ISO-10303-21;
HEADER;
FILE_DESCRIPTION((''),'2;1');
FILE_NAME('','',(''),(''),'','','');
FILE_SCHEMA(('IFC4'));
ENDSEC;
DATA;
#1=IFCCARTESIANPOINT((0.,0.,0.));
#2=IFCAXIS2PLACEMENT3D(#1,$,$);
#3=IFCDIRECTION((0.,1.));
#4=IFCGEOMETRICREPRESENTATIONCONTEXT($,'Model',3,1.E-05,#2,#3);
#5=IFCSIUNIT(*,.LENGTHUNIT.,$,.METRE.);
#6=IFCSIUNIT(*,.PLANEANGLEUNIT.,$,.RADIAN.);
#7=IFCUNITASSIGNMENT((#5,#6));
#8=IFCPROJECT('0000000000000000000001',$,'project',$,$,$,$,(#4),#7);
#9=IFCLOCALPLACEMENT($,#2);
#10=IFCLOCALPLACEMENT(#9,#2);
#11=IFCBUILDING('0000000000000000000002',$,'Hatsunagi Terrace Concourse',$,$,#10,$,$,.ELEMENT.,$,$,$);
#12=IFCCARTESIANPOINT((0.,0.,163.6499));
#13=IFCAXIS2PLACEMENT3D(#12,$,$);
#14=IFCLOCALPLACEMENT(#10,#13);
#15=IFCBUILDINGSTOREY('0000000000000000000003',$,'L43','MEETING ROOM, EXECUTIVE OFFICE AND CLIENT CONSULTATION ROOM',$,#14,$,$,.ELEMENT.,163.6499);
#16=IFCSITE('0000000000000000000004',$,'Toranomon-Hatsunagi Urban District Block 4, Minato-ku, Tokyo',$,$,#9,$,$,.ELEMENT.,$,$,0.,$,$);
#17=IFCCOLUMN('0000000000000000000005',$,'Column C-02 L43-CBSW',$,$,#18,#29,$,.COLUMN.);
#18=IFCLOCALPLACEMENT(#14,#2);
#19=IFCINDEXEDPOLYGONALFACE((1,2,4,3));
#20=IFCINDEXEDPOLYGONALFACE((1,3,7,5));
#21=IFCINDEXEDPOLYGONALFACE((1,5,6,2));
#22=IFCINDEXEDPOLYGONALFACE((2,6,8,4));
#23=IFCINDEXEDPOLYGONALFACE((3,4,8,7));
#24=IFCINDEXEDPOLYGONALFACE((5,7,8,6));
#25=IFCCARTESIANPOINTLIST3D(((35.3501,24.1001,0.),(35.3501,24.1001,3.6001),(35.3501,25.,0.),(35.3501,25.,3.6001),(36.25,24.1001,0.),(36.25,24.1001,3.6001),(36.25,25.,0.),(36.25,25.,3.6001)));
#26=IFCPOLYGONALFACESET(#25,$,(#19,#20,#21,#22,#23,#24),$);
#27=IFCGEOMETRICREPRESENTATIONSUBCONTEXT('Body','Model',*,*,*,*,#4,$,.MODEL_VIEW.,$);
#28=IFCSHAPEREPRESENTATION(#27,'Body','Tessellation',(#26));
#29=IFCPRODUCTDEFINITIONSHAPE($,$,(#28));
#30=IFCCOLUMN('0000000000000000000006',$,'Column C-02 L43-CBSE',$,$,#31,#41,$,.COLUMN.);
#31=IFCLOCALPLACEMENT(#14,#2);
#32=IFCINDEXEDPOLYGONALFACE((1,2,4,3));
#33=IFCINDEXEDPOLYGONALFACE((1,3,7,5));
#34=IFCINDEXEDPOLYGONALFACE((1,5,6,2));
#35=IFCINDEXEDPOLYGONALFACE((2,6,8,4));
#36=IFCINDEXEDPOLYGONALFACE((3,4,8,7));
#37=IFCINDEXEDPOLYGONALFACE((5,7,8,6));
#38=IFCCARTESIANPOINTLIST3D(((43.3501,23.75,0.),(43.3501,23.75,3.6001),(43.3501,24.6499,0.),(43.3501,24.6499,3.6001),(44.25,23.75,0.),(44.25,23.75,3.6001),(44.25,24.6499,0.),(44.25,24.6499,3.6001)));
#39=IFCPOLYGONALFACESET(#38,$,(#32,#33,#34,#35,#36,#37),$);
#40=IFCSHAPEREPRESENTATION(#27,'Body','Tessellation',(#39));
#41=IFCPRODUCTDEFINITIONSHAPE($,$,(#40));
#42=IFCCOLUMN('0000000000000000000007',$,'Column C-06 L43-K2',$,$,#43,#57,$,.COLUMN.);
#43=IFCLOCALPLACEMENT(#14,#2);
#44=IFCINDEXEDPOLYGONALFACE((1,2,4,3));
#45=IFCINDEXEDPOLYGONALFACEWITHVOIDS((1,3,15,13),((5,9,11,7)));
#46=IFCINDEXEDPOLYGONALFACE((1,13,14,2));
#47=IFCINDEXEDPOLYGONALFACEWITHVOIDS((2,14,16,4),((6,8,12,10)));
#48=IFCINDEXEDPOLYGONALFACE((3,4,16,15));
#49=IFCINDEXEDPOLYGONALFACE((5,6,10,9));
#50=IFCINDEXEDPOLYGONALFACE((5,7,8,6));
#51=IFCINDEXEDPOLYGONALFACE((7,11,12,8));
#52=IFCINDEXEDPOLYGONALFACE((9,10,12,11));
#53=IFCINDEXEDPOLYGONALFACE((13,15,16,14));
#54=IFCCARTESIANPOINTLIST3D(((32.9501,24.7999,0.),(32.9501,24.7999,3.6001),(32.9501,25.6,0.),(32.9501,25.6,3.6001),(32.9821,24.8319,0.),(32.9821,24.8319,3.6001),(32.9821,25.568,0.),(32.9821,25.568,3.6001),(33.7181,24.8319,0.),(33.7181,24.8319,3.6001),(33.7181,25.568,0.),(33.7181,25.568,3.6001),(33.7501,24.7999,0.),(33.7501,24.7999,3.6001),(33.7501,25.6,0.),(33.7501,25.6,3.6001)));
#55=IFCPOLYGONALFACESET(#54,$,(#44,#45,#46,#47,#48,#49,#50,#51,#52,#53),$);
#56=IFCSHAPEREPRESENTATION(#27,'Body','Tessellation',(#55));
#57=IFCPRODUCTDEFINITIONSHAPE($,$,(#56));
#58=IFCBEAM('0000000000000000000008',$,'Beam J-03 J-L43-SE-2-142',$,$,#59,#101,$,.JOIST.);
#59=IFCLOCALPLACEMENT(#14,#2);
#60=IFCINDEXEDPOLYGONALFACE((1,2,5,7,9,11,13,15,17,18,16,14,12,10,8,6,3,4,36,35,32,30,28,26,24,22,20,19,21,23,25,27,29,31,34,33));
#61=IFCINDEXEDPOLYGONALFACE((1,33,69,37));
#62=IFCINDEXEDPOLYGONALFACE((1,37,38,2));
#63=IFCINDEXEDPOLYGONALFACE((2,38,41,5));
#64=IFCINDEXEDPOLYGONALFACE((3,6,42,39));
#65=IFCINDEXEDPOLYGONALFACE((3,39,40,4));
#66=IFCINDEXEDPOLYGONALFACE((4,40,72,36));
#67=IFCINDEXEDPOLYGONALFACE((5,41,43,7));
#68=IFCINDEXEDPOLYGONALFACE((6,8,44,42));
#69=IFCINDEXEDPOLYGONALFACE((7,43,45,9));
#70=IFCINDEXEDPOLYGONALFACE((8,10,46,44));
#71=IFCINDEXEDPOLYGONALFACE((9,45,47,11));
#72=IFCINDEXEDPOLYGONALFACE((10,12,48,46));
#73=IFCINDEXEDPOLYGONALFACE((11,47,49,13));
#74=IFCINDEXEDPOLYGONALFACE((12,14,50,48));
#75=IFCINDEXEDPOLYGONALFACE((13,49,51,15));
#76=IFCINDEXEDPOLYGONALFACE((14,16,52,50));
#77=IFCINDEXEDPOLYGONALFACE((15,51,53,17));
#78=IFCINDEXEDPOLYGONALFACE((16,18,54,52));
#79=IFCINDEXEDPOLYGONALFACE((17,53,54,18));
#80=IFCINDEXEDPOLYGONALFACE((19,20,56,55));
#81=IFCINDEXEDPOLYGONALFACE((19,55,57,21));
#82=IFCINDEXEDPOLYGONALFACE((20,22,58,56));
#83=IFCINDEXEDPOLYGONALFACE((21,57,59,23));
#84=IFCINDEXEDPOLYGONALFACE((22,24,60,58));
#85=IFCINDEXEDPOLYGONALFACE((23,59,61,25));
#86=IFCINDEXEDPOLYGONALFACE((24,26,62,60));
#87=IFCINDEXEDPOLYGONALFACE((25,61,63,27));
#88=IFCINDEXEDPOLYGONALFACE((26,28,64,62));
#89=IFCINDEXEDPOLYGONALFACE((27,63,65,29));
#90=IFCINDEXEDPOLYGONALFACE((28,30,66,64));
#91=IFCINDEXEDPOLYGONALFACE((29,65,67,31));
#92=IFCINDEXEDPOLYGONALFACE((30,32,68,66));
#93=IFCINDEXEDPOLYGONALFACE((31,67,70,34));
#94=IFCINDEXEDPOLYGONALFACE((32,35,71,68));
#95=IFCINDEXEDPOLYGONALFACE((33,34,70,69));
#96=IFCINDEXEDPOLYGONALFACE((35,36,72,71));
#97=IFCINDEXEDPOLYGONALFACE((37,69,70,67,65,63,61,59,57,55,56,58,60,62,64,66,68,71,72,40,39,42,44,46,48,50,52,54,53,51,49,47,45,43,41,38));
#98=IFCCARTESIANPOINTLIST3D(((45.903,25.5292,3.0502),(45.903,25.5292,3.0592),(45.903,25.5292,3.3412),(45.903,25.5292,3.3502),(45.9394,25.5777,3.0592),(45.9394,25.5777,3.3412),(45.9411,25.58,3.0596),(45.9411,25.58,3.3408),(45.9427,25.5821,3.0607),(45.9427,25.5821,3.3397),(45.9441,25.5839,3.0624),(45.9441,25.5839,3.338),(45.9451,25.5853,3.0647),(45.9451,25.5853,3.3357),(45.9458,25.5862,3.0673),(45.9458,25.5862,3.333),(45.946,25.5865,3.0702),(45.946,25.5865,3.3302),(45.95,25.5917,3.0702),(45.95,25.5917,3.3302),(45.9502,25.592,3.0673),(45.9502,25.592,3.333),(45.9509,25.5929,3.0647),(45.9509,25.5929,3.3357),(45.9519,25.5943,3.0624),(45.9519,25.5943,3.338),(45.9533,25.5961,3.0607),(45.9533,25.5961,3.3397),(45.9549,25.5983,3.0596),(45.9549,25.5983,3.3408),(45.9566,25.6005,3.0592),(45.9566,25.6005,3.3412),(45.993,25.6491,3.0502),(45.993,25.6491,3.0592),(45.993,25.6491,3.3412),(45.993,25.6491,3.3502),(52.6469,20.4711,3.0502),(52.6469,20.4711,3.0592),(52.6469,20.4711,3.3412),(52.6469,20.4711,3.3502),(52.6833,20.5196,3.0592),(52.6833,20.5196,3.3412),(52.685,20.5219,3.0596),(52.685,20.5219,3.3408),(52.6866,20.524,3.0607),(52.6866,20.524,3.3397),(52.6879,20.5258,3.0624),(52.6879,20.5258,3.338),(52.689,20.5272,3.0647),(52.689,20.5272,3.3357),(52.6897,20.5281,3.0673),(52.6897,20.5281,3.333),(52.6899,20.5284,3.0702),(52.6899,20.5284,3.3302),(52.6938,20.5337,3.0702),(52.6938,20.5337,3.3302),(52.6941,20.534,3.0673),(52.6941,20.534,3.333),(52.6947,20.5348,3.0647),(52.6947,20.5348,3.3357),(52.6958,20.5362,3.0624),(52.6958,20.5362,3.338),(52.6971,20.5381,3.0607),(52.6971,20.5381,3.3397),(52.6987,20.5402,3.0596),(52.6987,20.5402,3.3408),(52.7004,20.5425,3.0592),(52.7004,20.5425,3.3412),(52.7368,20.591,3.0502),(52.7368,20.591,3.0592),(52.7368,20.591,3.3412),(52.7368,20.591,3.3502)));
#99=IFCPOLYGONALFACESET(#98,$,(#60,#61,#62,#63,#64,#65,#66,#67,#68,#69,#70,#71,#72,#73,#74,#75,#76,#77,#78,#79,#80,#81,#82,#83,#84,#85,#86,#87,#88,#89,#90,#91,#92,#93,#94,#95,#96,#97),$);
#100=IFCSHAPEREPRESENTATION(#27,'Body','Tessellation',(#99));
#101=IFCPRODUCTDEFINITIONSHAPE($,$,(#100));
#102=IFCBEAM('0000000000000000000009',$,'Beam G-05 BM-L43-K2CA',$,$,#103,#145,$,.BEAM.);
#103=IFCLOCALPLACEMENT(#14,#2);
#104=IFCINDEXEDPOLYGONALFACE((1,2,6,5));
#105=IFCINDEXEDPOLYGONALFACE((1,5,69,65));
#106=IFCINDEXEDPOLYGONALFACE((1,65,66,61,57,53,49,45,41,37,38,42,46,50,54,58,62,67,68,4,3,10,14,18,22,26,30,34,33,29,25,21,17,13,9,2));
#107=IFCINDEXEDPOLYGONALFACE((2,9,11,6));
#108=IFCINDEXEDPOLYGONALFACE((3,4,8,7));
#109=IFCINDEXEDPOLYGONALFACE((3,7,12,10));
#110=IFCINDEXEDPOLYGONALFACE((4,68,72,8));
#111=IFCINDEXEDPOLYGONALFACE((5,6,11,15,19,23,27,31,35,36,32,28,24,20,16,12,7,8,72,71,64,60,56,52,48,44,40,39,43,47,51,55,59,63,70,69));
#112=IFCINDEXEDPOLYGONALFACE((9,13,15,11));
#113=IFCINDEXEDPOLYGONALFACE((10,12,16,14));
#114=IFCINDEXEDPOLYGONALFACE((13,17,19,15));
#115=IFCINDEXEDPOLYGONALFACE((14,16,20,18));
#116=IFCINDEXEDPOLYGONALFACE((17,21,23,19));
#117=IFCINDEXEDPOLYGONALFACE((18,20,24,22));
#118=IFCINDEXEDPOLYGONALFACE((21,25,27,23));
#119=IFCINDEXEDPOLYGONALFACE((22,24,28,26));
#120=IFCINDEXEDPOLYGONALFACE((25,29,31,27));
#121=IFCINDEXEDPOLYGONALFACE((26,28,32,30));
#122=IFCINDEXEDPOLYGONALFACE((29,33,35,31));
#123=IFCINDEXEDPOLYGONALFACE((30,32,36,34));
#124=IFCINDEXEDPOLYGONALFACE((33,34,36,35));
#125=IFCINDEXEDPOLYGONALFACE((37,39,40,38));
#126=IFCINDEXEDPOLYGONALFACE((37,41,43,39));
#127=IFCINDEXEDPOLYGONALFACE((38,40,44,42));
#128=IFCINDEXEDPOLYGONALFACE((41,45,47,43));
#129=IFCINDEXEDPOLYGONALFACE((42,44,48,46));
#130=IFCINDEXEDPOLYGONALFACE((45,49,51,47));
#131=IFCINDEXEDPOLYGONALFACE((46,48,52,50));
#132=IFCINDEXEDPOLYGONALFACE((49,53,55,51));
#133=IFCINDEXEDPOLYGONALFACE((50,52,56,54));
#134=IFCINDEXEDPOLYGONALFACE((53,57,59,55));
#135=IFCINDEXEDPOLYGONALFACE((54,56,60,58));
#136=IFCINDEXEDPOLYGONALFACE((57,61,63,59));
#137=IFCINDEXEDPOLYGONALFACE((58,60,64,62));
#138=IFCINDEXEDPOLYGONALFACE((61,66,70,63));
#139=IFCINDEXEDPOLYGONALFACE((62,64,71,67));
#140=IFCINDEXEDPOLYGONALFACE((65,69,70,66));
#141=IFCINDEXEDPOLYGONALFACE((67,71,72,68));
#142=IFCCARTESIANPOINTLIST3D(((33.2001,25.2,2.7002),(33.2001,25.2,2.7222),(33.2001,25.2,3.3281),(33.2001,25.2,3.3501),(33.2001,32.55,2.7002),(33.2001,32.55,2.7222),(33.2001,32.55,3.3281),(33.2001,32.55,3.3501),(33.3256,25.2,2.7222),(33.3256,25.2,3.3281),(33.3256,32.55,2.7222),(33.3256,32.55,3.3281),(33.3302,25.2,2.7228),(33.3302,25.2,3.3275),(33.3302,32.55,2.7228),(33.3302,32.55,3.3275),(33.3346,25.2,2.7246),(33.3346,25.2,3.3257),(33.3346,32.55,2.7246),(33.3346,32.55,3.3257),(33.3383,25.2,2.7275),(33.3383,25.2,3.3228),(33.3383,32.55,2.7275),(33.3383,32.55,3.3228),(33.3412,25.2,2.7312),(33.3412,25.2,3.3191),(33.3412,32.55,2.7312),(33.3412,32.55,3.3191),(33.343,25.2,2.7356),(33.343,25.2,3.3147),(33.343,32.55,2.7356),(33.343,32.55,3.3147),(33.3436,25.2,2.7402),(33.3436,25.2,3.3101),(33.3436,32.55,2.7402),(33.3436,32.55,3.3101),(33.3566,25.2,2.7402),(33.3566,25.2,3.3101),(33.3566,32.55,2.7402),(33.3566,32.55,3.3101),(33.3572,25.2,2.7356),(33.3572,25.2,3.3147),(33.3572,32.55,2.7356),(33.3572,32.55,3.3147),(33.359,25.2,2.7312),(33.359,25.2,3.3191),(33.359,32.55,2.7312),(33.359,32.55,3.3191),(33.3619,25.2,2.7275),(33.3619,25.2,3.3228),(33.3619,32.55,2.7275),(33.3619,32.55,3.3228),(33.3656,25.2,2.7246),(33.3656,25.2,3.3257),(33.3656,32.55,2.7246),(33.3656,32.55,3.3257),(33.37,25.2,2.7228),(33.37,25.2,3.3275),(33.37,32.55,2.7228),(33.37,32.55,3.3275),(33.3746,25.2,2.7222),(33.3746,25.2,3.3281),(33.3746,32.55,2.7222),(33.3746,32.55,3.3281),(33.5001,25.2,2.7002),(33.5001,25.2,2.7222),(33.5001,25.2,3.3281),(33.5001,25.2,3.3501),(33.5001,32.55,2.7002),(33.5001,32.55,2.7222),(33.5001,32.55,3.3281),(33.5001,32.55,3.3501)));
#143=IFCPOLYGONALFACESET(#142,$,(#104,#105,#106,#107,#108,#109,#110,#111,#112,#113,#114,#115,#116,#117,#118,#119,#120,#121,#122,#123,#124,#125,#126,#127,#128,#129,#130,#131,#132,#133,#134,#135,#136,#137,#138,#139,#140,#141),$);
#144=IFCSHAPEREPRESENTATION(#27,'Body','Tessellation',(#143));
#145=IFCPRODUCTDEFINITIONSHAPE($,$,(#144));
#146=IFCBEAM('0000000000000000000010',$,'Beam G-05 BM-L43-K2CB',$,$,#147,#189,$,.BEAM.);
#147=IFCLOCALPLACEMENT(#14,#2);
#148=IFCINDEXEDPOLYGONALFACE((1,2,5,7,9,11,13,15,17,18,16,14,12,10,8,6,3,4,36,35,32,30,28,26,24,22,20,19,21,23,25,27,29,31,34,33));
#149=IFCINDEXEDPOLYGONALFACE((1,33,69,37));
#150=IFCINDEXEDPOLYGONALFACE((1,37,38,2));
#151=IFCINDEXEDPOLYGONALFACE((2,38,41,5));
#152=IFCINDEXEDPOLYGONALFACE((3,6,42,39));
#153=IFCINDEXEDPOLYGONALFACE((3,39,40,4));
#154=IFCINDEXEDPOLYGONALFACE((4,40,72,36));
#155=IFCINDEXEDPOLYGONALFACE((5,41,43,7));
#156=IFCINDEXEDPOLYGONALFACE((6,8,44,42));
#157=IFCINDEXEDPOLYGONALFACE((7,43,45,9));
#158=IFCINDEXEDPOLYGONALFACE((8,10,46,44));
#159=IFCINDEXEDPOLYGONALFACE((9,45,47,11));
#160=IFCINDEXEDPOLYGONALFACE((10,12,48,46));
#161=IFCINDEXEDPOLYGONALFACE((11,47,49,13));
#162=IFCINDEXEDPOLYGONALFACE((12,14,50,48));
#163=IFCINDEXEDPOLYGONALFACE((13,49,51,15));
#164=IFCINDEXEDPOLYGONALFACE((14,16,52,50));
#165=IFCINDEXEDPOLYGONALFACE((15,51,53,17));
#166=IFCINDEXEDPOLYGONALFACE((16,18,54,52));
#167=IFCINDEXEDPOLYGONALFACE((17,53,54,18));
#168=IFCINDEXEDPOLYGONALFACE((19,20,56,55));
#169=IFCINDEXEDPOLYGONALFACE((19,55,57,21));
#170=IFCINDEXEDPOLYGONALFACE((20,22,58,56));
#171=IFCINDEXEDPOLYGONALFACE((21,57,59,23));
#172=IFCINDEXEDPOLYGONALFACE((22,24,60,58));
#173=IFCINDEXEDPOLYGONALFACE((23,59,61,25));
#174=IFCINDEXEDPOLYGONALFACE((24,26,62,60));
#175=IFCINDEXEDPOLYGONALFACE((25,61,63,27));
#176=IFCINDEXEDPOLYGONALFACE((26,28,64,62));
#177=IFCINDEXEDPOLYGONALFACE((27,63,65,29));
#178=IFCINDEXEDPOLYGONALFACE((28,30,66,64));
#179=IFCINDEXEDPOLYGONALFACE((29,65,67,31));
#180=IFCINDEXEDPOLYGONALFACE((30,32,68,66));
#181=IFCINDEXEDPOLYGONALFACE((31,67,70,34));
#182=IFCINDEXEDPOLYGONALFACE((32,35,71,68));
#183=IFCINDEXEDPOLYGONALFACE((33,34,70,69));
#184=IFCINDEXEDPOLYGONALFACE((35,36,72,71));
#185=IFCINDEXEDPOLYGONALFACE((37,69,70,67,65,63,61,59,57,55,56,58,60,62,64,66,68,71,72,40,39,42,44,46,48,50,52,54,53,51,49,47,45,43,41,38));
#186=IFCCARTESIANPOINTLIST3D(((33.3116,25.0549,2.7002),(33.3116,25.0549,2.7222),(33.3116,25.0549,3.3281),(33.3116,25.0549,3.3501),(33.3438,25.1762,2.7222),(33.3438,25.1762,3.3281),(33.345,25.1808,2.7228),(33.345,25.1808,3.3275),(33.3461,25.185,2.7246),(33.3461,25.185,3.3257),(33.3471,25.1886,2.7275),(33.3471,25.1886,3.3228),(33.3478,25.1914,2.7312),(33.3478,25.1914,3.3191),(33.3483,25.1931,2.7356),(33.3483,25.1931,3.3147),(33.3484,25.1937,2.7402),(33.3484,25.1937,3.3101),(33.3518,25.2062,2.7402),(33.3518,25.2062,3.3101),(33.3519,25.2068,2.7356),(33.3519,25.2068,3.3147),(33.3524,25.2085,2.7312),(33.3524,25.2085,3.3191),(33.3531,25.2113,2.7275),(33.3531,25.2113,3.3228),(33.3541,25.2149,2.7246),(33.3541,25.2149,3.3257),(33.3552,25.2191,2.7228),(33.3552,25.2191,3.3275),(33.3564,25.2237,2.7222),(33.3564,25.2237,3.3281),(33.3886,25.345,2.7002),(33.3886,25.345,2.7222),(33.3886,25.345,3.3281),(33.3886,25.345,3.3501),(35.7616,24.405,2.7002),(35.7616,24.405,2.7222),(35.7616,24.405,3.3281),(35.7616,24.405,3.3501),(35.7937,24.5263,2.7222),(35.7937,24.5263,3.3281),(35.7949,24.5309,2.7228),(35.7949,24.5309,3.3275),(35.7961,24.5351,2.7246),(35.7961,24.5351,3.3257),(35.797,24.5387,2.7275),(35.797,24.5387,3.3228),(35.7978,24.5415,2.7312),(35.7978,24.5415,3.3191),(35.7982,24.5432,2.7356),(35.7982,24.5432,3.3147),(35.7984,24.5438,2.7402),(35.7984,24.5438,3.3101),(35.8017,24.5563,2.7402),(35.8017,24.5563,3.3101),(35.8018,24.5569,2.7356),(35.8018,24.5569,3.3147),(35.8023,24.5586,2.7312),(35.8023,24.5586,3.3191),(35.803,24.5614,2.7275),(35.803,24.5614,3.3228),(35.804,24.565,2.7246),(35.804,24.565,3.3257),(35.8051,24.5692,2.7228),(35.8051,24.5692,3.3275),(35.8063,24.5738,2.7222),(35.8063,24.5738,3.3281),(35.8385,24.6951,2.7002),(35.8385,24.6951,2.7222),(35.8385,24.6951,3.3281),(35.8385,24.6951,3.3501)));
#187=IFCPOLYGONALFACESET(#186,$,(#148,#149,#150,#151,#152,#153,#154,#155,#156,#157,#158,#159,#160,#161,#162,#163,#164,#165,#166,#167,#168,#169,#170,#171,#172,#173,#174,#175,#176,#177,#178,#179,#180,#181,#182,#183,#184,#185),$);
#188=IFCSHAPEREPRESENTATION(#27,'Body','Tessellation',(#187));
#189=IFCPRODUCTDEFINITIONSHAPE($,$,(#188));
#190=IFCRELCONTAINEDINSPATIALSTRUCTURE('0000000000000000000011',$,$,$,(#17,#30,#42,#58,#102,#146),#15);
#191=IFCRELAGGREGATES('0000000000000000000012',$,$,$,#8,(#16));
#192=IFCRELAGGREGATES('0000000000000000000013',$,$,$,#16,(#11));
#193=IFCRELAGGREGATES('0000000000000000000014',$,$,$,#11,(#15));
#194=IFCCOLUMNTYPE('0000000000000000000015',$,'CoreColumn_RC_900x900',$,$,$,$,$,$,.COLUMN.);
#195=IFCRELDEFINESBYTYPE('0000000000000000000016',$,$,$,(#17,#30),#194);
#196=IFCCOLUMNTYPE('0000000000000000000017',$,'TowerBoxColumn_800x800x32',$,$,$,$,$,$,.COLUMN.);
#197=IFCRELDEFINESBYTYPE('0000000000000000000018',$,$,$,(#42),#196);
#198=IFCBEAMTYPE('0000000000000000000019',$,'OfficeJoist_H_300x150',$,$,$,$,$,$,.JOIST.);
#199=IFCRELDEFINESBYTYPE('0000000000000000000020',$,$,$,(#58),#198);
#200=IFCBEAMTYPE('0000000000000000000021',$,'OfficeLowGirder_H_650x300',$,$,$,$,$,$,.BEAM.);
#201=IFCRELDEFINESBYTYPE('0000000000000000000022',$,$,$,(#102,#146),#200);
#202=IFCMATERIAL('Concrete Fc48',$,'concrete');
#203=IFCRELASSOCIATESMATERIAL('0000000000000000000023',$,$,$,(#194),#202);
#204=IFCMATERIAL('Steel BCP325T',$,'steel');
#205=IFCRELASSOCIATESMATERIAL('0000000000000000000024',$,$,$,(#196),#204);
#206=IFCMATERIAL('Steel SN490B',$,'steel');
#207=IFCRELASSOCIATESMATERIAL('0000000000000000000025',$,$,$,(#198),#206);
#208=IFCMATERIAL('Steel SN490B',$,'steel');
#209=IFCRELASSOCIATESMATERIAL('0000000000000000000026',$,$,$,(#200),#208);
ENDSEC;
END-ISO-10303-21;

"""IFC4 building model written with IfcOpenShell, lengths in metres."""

from ifc_helpers import new_model, si_unit, direction, frame, origin, origin_2d, place, context, subcontext, project, spatial, rectangle, hollow_rectangle, i_section, extrude, material, material_profile, profile_set, type_object, element, save


model = new_model("IFC4")

# Units and contexts
model_context = context("Model", 3, precision=1e-05, world=origin(), true_north=direction((0.0, 1.0)))
body_context = subcontext(model_context, "Body", "Model", "MODEL_VIEW")
ifc_project = project(units=[si_unit("LENGTHUNIT", "METRE"), si_unit("PLANEANGLEUNIT", "RADIAN")], contexts=[model_context])

# Site, building, storey
site_placement = place(None, origin())
site = spatial("IfcSite", under=ifc_project, at=site_placement, Name="Toranomon-Hatsunagi Urban District Block 4, Minato-ku, Tokyo", CompositionType="ELEMENT", RefElevation=0.0)
building_placement = place(site_placement, origin())
building = spatial("IfcBuilding", under=site, at=building_placement, Name="Hatsunagi Terrace Concourse", CompositionType="ELEMENT")
storey_placement = place(building_placement, frame((0.0, 0.0, 163.6499)))
storey = spatial("IfcBuildingStorey", under=building, at=storey_placement, Name="L43", Description="MEETING ROOM, EXECUTIVE OFFICE AND CLIENT CONSULTATION ROOM", CompositionType="ELEMENT", Elevation=163.6499)

# Columns
ifc_material_1 = material(Name="Concrete Fc48", Category="concrete")
ifc_material_profile_1 = material_profile(ifc_material_1, rectangle(XDim=0.8999, YDim=0.8999, at=origin_2d()), Name="RC-900x900")
ifc_profile_set_1 = profile_set([ifc_material_profile_1], Name="Concrete Fc48")
column_type_1 = type_object("IfcColumnType", Name="CoreColumn_RC_900x900", PredefinedType="COLUMN", material=ifc_profile_set_1)
for number, where, z_axis, x_axis, name in (
    (1, (35.8, 24.55, 0.0), (0.0, 0.0, 1.0), (1.0, 0.0, 0.0), "Column C-02 L43-CBSW"),
    (2, (43.8, 24.2, 0.0), (0.0, 0.0, 1.0), (1.0, 0.0, 0.0), "Column C-02 L43-CBSE"),
):
    element("IfcColumn", number, at=place(storey_placement, frame(where, z_axis=z_axis, x_axis=x_axis)), inside=storey, type_object=column_type_1, Name=name, PredefinedType="COLUMN", context=body_context, shape_type="SweptSolid", body=[
        extrude(rectangle(XDim=0.8999, YDim=0.8999, at=origin_2d()), origin(), (0.0, 0.0, 1.0), 3.6001),
    ])
ifc_material_2 = material(Name="Steel BCP325T", Category="steel")
ifc_material_profile_2 = material_profile(ifc_material_2, hollow_rectangle(XDim=0.8, YDim=0.8, WallThickness=0.032, at=origin_2d()), Name="BCP-800x800x32")
ifc_profile_set_2 = profile_set([ifc_material_profile_2], Name="Steel BCP325T")
column_type_2 = type_object("IfcColumnType", Name="TowerBoxColumn_800x800x32", PredefinedType="COLUMN", material=ifc_profile_set_2)
column_placement = place(storey_placement, frame((33.3501, 25.2, 0.0), z_axis=(0.0, 0.0, 1.0), x_axis=(1.0, 0.0, 0.0)))
element("IfcColumn", 3, at=column_placement, inside=storey, type_object=column_type_2, Name="Column C-06 L43-K2", PredefinedType="COLUMN", context=body_context, shape_type="SweptSolid", body=[
    extrude(hollow_rectangle(XDim=0.8, YDim=0.8, WallThickness=0.032, at=origin_2d()), origin(), (0.0, 0.0, 1.0), 3.6001),
])

# Beams
ifc_material_3 = material(Name="Steel SN490B", Category="steel")
ifc_material_profile_3 = material_profile(ifc_material_3, i_section(OverallWidth=0.1499, OverallDepth=0.3, WebThickness=0.0066, FlangeThickness=0.009, FilletRadius=0.011, at=origin_2d()), Name="H-300x150x6.5x9")
ifc_profile_set_3 = profile_set([ifc_material_profile_3], Name="Steel SN490B")
beam_type_1 = type_object("IfcBeamType", Name="OfficeJoist_H_300x150", PredefinedType="JOIST", material=ifc_profile_set_3)
beam_1_placement = place(storey_placement, frame((45.948, 25.5891, 3.2002), z_axis=(0.79999, -0.600014, 0.0), x_axis=(0.600014, 0.79999, 0.0)))
element("IfcBeam", 4, at=beam_1_placement, inside=storey, type_object=beam_type_1, Name="Beam J-03 J-L43-SE-2-142", PredefinedType="JOIST", context=body_context, shape_type="SweptSolid", body=[
    extrude(i_section(OverallWidth=0.1499, OverallDepth=0.3, WebThickness=0.0066, FlangeThickness=0.009, FilletRadius=0.011, at=origin_2d()), origin(), (0.0, 0.0, 1.0), 8.4299),
])
ifc_material_4 = material(Name="Steel SN490B", Category="steel")
ifc_material_profile_4 = material_profile(ifc_material_4, i_section(OverallWidth=0.3, OverallDepth=0.6499, WebThickness=0.0129, FlangeThickness=0.022, FilletRadius=0.0181, at=origin_2d()), Name="H-650x300x13x22")
ifc_profile_set_4 = profile_set([ifc_material_profile_4], Name="Steel SN490B")
beam_type_2 = type_object("IfcBeamType", Name="OfficeLowGirder_H_650x300", PredefinedType="BEAM", material=ifc_profile_set_4)
beam_2_placement = place(storey_placement, frame((33.3501, 25.2, 3.0251), z_axis=(0.0, 1.0, 0.0), x_axis=(-1.0, 0.0, 0.0)))
element("IfcBeam", 5, at=beam_2_placement, inside=storey, type_object=beam_type_2, Name="Beam G-05 BM-L43-K2CA", PredefinedType="BEAM", context=body_context, shape_type="SweptSolid", body=[
    extrude(i_section(OverallWidth=0.3, OverallDepth=0.6499, WebThickness=0.0129, FlangeThickness=0.022, FilletRadius=0.0181, at=origin_2d()), origin(), (0.0, 0.0, 1.0), 7.3501),
])
beam_3_placement = place(storey_placement, frame((33.3501, 25.2, 3.0251), z_axis=(0.96657, -0.256403, 0.0), x_axis=(0.256403, 0.96657, 0.0)))
element("IfcBeam", 6, at=beam_3_placement, inside=storey, type_object=beam_type_2, Name="Beam G-05 BM-L43-K2CB", PredefinedType="BEAM", context=body_context, shape_type="SweptSolid", body=[
    extrude(i_section(OverallWidth=0.3, OverallDepth=0.6499, WebThickness=0.0129, FlangeThickness=0.022, FilletRadius=0.0181, at=origin_2d()), origin(), (0.0, 0.0, 1.0), 2.5347),
])

save(model, "model.ifc")
